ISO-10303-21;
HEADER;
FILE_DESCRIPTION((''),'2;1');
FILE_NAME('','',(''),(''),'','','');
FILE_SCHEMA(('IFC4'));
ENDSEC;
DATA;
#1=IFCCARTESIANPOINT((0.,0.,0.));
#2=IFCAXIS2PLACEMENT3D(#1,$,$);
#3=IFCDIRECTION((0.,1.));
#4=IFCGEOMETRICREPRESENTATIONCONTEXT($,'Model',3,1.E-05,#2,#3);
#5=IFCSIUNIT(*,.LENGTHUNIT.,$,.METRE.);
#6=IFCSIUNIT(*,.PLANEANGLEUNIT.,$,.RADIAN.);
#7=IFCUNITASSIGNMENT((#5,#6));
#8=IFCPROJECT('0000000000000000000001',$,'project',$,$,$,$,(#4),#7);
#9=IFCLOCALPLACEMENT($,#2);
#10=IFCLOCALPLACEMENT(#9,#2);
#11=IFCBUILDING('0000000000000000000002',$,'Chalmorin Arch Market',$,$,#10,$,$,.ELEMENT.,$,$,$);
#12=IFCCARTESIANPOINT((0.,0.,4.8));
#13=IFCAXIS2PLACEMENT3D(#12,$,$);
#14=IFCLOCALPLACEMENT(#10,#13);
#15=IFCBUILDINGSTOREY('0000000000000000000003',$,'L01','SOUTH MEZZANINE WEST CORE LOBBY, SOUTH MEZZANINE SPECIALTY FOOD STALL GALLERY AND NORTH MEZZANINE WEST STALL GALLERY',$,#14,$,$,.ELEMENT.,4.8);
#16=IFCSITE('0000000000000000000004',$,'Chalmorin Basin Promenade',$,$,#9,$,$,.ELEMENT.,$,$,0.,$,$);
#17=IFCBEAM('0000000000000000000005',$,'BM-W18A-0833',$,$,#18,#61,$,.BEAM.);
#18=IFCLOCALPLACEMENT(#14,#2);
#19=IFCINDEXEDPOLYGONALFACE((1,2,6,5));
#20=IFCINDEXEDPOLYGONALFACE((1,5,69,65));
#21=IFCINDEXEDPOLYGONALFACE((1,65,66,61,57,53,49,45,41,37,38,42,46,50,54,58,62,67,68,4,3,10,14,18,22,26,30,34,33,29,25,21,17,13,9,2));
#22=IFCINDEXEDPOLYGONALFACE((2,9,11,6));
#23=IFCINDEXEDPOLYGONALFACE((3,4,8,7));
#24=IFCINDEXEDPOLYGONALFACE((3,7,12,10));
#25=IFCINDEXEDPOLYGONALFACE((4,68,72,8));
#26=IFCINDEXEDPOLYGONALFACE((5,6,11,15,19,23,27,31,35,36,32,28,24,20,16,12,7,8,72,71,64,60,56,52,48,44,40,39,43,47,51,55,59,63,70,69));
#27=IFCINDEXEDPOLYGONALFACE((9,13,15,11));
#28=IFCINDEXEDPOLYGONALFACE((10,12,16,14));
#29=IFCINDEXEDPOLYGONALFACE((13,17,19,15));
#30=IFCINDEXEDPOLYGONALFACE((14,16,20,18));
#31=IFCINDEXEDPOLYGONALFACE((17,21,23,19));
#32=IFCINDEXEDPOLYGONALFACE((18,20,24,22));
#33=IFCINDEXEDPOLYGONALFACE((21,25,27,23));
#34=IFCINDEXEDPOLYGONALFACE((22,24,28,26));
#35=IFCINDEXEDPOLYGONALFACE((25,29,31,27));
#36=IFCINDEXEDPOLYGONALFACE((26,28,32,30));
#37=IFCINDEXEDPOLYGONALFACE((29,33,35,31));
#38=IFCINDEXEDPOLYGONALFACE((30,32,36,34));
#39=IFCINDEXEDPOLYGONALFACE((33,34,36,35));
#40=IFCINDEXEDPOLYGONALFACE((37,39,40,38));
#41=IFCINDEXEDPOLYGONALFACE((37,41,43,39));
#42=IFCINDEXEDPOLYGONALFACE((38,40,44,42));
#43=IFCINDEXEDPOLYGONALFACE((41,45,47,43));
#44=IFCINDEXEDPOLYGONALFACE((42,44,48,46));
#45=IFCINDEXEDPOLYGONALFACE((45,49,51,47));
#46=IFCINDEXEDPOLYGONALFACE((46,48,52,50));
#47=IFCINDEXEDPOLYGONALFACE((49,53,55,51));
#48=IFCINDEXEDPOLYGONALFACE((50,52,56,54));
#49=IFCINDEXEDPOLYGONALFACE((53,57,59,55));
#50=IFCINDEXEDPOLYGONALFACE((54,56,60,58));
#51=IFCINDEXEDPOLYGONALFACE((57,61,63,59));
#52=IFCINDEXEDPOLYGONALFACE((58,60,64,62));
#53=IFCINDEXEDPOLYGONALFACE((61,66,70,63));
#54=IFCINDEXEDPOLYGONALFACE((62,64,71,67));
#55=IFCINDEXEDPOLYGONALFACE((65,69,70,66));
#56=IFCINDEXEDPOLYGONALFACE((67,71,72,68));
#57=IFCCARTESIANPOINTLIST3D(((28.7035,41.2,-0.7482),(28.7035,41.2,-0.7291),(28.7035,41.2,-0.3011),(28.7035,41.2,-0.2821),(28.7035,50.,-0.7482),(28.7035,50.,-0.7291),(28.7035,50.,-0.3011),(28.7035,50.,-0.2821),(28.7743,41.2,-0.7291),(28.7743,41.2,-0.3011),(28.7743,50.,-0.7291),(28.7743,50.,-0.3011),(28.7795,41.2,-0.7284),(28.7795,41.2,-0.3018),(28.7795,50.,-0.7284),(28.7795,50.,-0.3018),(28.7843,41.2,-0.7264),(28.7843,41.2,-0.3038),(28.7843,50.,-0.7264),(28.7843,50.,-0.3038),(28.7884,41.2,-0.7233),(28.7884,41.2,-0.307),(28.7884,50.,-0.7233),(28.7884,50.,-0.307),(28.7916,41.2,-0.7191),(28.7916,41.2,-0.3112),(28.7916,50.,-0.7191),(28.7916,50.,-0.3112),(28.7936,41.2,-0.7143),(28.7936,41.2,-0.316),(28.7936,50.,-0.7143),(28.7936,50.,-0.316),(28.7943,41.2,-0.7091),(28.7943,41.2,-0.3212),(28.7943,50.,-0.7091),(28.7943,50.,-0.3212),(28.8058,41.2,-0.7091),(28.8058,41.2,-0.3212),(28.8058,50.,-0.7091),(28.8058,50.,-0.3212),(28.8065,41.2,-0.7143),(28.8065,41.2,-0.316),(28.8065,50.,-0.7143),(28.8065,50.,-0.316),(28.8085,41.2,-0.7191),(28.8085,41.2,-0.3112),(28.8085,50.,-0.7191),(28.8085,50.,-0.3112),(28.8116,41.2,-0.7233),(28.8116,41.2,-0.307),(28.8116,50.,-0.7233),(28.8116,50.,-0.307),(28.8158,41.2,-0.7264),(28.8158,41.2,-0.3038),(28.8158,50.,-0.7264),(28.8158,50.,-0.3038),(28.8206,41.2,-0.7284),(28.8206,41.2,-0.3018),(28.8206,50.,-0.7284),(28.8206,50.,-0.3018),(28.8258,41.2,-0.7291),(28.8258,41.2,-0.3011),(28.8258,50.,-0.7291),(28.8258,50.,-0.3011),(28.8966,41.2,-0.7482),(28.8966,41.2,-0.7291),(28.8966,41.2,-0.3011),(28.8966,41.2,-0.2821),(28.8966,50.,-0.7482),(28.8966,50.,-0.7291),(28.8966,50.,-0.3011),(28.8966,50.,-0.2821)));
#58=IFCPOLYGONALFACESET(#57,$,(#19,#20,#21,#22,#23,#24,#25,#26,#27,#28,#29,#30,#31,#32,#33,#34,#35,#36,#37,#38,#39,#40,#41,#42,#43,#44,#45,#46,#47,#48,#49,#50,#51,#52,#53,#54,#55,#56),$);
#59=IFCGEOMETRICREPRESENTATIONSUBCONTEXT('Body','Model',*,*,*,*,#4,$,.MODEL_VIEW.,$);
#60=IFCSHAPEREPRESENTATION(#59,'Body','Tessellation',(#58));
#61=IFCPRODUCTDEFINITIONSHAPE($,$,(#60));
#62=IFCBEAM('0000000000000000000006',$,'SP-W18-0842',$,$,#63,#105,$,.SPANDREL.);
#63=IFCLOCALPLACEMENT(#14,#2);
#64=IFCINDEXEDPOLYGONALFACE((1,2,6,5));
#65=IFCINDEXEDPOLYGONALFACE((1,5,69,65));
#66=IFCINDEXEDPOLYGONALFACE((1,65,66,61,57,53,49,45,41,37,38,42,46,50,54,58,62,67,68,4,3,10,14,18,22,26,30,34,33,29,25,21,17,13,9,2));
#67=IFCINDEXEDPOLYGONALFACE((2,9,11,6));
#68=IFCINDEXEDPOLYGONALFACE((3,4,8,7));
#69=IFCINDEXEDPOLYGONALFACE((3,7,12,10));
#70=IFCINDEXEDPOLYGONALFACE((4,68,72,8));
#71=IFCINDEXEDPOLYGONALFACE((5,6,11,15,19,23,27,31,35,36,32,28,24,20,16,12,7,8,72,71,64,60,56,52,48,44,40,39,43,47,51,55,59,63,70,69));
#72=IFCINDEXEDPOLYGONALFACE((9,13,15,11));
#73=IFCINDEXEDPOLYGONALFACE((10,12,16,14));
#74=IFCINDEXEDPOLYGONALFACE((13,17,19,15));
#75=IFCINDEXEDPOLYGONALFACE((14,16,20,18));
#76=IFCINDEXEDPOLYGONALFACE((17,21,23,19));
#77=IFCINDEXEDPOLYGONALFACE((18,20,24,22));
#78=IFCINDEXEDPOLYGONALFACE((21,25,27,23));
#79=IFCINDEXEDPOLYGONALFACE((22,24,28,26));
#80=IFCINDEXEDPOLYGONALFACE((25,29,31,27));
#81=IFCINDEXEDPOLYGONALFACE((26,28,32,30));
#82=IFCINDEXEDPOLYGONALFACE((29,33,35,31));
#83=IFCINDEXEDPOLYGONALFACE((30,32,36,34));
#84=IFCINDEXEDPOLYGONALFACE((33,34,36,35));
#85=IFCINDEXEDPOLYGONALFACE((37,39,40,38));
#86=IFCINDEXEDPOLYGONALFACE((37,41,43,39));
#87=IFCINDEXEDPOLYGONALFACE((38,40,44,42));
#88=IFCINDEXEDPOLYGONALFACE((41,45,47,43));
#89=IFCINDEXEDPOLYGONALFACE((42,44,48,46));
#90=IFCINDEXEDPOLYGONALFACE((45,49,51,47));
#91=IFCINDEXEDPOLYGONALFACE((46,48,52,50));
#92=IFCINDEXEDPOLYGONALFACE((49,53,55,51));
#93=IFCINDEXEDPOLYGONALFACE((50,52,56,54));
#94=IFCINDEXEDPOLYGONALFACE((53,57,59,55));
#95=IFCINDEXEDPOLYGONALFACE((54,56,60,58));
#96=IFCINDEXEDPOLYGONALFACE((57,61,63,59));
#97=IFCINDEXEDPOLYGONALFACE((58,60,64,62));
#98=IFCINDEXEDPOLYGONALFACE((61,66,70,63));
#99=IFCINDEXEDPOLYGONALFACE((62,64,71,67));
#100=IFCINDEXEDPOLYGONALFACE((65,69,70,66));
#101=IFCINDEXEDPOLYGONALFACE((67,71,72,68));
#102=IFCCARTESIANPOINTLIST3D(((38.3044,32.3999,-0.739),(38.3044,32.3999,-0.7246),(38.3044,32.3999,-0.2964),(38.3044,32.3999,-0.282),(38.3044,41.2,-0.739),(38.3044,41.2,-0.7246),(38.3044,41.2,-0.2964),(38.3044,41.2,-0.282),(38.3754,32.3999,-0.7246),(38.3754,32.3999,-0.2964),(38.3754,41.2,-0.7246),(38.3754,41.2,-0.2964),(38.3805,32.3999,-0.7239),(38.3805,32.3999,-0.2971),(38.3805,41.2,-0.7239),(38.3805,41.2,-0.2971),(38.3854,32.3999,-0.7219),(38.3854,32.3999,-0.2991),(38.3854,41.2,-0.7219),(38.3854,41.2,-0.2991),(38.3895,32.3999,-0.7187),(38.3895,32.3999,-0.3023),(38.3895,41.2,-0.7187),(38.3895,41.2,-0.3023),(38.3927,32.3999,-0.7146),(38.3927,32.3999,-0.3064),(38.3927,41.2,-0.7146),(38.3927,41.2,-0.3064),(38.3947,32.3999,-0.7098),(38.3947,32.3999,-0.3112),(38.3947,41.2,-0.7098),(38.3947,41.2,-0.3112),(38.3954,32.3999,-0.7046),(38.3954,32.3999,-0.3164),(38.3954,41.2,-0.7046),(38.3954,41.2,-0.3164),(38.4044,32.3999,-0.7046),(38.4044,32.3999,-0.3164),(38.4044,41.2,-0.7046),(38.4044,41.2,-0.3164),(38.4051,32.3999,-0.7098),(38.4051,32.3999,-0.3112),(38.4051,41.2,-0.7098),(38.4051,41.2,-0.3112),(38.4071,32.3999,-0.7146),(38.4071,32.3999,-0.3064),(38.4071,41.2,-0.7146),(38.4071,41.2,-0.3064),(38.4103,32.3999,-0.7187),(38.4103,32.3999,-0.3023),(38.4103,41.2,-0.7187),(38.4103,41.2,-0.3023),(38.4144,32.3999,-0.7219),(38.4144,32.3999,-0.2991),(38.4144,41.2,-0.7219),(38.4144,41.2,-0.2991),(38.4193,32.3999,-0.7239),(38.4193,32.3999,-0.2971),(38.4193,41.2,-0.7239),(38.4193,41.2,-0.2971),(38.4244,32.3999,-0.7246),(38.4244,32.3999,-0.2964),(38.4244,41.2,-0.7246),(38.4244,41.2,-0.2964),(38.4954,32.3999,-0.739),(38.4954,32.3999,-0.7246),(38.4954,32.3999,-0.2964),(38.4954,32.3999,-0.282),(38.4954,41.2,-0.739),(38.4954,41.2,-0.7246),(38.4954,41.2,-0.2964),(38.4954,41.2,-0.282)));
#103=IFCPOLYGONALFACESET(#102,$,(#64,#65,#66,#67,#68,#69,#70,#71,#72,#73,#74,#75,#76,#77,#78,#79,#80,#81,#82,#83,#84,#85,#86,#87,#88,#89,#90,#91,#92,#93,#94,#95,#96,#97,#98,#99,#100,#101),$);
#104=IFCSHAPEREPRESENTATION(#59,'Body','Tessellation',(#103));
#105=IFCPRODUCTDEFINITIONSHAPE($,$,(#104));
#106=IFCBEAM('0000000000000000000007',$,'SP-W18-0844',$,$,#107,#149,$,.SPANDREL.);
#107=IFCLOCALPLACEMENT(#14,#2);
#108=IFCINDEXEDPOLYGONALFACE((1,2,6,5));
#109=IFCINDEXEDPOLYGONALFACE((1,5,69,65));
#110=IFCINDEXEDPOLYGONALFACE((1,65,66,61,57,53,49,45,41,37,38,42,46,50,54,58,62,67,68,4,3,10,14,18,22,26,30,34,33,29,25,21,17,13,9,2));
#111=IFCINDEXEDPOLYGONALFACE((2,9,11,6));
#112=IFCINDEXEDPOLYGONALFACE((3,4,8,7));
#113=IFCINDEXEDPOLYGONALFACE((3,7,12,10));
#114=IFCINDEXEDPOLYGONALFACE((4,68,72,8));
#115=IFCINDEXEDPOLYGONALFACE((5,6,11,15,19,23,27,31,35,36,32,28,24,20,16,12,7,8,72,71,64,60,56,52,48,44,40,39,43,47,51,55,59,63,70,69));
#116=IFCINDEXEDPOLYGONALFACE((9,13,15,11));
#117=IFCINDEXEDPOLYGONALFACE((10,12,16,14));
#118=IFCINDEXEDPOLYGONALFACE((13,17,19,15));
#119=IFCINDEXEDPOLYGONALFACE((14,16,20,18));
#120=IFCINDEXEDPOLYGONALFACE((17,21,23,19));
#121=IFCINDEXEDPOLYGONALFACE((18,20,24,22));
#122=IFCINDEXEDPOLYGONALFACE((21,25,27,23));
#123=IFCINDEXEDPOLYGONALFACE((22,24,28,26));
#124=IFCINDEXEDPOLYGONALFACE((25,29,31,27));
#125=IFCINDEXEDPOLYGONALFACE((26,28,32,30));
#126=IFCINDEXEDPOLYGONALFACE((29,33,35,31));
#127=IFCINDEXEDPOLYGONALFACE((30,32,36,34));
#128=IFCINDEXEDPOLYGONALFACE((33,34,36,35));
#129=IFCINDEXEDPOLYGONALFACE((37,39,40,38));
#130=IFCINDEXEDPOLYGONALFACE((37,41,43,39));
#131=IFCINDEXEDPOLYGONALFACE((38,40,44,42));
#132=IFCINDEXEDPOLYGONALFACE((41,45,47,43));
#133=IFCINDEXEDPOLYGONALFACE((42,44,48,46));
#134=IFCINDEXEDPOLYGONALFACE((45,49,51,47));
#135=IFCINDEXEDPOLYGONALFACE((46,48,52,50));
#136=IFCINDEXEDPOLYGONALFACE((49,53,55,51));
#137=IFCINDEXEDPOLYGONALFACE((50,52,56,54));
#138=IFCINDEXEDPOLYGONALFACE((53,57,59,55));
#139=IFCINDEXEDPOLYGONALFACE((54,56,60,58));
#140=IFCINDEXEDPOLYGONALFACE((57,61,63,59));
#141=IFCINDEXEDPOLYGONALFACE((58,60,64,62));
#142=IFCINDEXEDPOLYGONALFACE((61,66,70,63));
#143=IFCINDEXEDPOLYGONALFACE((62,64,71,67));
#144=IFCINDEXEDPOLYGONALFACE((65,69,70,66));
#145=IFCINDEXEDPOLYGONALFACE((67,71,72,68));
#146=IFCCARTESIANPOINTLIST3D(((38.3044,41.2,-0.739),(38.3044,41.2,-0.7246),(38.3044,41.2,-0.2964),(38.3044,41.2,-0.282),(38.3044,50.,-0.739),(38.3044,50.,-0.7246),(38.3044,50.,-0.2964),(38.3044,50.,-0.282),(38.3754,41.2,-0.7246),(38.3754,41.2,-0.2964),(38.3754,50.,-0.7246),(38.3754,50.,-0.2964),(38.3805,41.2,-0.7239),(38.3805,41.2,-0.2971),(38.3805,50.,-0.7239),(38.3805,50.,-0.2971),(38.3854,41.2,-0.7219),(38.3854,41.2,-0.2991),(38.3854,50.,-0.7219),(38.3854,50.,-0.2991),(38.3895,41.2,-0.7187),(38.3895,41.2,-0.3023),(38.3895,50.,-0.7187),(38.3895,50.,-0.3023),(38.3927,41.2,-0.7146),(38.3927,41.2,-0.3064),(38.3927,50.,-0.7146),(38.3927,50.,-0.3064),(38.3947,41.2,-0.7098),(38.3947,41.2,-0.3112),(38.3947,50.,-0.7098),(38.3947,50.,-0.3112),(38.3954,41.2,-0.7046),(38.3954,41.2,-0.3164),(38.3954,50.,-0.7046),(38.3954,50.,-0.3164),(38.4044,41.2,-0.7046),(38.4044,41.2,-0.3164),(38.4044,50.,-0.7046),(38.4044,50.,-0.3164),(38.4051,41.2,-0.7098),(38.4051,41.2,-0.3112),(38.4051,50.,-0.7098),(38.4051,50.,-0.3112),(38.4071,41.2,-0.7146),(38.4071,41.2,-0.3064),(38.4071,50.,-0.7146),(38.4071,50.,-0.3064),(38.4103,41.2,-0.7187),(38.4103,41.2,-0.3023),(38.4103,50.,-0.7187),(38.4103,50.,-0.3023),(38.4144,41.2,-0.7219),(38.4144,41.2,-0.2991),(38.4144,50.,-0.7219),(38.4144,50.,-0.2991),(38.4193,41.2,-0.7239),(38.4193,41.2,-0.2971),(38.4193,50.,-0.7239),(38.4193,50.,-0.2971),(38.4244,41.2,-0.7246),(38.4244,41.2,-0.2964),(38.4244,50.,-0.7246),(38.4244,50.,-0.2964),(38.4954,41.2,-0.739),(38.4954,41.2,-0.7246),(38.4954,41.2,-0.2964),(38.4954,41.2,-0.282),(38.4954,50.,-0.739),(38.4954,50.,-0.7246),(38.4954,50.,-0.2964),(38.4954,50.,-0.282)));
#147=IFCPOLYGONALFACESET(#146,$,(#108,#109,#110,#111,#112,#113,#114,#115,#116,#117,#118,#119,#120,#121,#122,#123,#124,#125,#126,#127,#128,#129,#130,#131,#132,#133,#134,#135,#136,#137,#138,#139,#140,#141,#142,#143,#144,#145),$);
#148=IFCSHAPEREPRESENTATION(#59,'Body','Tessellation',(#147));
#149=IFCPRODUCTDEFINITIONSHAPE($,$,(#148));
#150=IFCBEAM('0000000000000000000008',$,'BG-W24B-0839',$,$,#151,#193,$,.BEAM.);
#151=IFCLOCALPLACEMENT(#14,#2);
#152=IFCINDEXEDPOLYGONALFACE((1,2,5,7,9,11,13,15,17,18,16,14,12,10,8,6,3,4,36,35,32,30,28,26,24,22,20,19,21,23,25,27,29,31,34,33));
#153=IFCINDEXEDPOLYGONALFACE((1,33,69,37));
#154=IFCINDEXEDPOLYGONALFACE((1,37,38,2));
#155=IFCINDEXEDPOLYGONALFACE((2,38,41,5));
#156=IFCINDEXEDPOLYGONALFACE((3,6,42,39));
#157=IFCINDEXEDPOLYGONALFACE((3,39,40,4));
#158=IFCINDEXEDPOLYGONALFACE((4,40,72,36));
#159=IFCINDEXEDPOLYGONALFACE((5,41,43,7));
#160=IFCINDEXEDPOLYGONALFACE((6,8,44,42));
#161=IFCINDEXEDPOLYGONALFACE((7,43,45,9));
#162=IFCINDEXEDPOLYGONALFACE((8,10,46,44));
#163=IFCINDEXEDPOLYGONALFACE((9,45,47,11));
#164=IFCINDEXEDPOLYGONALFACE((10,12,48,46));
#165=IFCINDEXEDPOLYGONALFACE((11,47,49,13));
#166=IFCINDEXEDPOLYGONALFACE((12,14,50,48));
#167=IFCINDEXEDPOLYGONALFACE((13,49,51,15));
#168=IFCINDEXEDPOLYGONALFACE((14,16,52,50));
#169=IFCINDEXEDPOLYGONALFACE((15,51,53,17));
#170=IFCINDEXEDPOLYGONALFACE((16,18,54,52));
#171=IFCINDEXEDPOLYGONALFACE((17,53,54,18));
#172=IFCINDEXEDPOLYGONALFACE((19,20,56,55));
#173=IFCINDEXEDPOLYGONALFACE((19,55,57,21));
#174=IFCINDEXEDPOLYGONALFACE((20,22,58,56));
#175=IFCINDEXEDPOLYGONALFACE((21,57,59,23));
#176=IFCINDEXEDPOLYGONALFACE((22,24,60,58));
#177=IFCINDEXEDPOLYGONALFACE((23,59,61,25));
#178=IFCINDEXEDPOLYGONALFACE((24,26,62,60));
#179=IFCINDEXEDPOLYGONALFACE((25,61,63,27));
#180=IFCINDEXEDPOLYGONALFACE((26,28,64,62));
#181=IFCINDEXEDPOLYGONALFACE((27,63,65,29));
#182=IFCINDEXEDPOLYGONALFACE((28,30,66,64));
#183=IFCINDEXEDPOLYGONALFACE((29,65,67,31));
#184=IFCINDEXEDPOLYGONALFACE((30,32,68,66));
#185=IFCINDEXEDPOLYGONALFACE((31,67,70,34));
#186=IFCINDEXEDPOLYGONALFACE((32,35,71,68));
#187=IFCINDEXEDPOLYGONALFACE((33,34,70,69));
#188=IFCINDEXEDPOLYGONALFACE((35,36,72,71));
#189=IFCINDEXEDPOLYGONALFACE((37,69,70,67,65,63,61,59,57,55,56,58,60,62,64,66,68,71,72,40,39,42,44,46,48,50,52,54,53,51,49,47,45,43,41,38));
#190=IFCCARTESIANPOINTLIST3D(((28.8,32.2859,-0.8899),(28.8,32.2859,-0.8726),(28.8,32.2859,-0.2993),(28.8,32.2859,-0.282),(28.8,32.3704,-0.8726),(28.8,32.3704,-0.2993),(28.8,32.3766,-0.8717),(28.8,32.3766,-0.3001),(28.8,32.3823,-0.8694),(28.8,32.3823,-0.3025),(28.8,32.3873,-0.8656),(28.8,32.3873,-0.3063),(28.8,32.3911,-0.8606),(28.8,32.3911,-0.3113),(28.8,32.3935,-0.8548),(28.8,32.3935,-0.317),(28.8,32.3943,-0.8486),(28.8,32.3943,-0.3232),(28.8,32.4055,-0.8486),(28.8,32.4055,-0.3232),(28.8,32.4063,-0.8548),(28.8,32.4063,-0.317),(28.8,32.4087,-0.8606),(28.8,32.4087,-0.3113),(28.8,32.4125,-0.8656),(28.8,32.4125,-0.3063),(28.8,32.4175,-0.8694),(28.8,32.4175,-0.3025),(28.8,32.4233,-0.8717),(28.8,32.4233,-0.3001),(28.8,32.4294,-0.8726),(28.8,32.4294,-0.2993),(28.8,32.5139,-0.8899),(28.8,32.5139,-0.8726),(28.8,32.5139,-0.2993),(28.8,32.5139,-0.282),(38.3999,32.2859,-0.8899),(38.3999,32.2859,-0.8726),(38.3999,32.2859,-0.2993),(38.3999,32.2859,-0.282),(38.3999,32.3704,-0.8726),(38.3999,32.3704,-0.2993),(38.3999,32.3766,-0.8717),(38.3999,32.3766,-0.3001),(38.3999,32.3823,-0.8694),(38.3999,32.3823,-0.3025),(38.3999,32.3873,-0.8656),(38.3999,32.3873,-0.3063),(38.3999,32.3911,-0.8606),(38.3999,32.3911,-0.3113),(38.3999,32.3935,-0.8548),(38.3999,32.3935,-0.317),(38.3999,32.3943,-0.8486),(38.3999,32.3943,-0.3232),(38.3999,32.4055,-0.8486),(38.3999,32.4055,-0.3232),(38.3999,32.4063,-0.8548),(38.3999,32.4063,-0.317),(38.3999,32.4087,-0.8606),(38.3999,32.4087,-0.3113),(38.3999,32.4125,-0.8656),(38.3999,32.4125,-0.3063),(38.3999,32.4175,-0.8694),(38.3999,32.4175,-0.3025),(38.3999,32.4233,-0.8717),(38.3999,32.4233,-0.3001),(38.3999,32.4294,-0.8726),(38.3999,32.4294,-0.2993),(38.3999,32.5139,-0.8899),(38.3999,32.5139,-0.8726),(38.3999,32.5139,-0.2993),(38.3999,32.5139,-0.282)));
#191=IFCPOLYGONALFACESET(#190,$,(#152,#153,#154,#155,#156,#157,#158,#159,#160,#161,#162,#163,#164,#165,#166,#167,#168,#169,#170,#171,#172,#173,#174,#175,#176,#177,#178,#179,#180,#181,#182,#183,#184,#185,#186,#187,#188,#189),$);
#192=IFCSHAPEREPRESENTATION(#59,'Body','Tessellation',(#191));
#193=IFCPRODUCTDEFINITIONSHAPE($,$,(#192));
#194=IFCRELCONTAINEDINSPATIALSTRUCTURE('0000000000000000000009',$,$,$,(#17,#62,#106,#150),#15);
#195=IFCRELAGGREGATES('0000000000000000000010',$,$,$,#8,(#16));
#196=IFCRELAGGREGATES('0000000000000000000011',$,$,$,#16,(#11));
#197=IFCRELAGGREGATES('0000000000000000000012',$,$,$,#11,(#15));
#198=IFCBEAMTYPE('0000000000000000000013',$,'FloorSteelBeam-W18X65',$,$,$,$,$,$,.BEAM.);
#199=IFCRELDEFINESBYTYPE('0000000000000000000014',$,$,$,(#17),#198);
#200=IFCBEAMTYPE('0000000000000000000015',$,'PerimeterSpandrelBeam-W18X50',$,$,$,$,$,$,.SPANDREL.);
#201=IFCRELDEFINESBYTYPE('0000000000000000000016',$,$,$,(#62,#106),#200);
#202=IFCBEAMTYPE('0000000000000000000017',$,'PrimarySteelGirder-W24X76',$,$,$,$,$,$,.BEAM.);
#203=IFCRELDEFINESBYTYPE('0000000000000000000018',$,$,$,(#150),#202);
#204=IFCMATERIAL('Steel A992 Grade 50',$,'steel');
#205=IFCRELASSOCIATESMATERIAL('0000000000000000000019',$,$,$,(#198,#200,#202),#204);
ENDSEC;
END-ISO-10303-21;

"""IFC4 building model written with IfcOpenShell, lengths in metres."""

from ifc_helpers import new_model, si_unit, direction, frame, origin, origin_2d, place, context, subcontext, project, spatial, i_section, extrude, material, material_profile, profile_set, type_object, element, save


model = new_model("IFC4")

# Units and contexts
model_context = context("Model", 3, precision=1e-05, world=origin(), true_north=direction((0.0, 1.0)))
body_context = subcontext(model_context, "Body", "Model", "MODEL_VIEW")
ifc_project = project(units=[si_unit("LENGTHUNIT", "METRE"), si_unit("PLANEANGLEUNIT", "RADIAN")], contexts=[model_context])

# Site, building, storey
site_placement = place(None, origin())
site = spatial("IfcSite", under=ifc_project, at=site_placement, Name="Chalmorin Basin Promenade", CompositionType="ELEMENT", RefElevation=0.0)
building_placement = place(site_placement, origin())
building = spatial("IfcBuilding", under=site, at=building_placement, Name="Chalmorin Arch Market", CompositionType="ELEMENT")
storey_placement = place(building_placement, frame((0.0, 0.0, 4.8)))
storey = spatial("IfcBuildingStorey", under=building, at=storey_placement, Name="L01", Description="SOUTH MEZZANINE WEST CORE LOBBY, SOUTH MEZZANINE SPECIALTY FOOD STALL GALLERY AND NORTH MEZZANINE WEST STALL GALLERY", CompositionType="ELEMENT", Elevation=4.8)

# Shared definitions
ifc_material_1 = material(Name="Steel A992 Grade 50", Category="steel")

# Beams
ifc_material_profile_1 = material_profile(ifc_material_1, i_section(OverallWidth=0.1931, OverallDepth=0.4661, WebThickness=0.0115, FlangeThickness=0.019, FilletRadius=0.02, at=origin_2d()), Name="W18X65")
ifc_profile_set_1 = profile_set([ifc_material_profile_1], Name="Steel A992 Grade 50")
beam_type_1 = type_object("IfcBeamType", Name="FloorSteelBeam-W18X65", PredefinedType="BEAM", material=ifc_profile_set_1)
for number, where, z_axis, x_axis, name in (
    (1, (28.8, 41.2, -0.5151), (0.0, 1.0, 0.0), (-1.0, 0.0, 0.0), "BM-W18A-0833"),
):
    element("IfcBeam", number, at=place(storey_placement, frame(where, z_axis=z_axis, x_axis=x_axis)), inside=storey, type_object=beam_type_1, Name=name, PredefinedType="BEAM", context=body_context, shape_type="SweptSolid", body=[
        extrude(i_section(OverallWidth=0.1931, OverallDepth=0.4661, WebThickness=0.0115, FlangeThickness=0.019, FilletRadius=0.02, at=origin_2d()), origin(), (0.0, 0.0, 1.0), 8.8),
    ])
ifc_material_profile_2 = material_profile(ifc_material_1, i_section(OverallWidth=0.1909, OverallDepth=0.457, WebThickness=0.009, FlangeThickness=0.0144, FilletRadius=0.02, at=origin_2d()), Name="W18X50")
ifc_profile_set_2 = profile_set([ifc_material_profile_2], Name="Steel A992 Grade 50")
beam_type_2 = type_object("IfcBeamType", Name="PerimeterSpandrelBeam-W18X50", PredefinedType="SPANDREL", material=ifc_profile_set_2)
for number, where, z_axis, x_axis, name in (
    (2, (38.3999, 32.3999, -0.5105), (0.0, 1.0, 0.0), (-1.0, 0.0, 0.0), "SP-W18-0842"),
    (3, (38.3999, 41.2, -0.5105), (0.0, 1.0, 0.0), (-1.0, 0.0, 0.0), "SP-W18-0844"),
):
    element("IfcBeam", number, at=place(storey_placement, frame(where, z_axis=z_axis, x_axis=x_axis)), inside=storey, type_object=beam_type_2, Name=name, PredefinedType="SPANDREL", context=body_context, shape_type="SweptSolid", body=[
        extrude(i_section(OverallWidth=0.1909, OverallDepth=0.457, WebThickness=0.009, FlangeThickness=0.0144, FilletRadius=0.02, at=origin_2d()), origin(), (0.0, 0.0, 1.0), 8.8),
    ])
ifc_material_profile_3 = material_profile(ifc_material_1, i_section(OverallWidth=0.228, OverallDepth=0.6079, WebThickness=0.0112, FlangeThickness=0.0173, FilletRadius=0.0239, at=origin_2d()), Name="W24X76")
ifc_profile_set_3 = profile_set([ifc_material_profile_3], Name="Steel A992 Grade 50")
beam_type_3 = type_object("IfcBeamType", Name="PrimarySteelGirder-W24X76", PredefinedType="BEAM", material=ifc_profile_set_3)
for number, where, z_axis, x_axis, name in (
    (4, (28.8, 32.3999, -0.5859), (1.0, 0.0, 0.0), (0.0, 1.0, 0.0), "BG-W24B-0839"),
):
    element("IfcBeam", number, at=place(storey_placement, frame(where, z_axis=z_axis, x_axis=x_axis)), inside=storey, type_object=beam_type_3, Name=name, PredefinedType="BEAM", context=body_context, shape_type="SweptSolid", body=[
        extrude(i_section(OverallWidth=0.228, OverallDepth=0.6079, WebThickness=0.0112, FlangeThickness=0.0173, FilletRadius=0.0239, at=origin_2d()), origin(), (0.0, 0.0, 1.0), 9.5999),
    ])

save(model, "model.ifc")
